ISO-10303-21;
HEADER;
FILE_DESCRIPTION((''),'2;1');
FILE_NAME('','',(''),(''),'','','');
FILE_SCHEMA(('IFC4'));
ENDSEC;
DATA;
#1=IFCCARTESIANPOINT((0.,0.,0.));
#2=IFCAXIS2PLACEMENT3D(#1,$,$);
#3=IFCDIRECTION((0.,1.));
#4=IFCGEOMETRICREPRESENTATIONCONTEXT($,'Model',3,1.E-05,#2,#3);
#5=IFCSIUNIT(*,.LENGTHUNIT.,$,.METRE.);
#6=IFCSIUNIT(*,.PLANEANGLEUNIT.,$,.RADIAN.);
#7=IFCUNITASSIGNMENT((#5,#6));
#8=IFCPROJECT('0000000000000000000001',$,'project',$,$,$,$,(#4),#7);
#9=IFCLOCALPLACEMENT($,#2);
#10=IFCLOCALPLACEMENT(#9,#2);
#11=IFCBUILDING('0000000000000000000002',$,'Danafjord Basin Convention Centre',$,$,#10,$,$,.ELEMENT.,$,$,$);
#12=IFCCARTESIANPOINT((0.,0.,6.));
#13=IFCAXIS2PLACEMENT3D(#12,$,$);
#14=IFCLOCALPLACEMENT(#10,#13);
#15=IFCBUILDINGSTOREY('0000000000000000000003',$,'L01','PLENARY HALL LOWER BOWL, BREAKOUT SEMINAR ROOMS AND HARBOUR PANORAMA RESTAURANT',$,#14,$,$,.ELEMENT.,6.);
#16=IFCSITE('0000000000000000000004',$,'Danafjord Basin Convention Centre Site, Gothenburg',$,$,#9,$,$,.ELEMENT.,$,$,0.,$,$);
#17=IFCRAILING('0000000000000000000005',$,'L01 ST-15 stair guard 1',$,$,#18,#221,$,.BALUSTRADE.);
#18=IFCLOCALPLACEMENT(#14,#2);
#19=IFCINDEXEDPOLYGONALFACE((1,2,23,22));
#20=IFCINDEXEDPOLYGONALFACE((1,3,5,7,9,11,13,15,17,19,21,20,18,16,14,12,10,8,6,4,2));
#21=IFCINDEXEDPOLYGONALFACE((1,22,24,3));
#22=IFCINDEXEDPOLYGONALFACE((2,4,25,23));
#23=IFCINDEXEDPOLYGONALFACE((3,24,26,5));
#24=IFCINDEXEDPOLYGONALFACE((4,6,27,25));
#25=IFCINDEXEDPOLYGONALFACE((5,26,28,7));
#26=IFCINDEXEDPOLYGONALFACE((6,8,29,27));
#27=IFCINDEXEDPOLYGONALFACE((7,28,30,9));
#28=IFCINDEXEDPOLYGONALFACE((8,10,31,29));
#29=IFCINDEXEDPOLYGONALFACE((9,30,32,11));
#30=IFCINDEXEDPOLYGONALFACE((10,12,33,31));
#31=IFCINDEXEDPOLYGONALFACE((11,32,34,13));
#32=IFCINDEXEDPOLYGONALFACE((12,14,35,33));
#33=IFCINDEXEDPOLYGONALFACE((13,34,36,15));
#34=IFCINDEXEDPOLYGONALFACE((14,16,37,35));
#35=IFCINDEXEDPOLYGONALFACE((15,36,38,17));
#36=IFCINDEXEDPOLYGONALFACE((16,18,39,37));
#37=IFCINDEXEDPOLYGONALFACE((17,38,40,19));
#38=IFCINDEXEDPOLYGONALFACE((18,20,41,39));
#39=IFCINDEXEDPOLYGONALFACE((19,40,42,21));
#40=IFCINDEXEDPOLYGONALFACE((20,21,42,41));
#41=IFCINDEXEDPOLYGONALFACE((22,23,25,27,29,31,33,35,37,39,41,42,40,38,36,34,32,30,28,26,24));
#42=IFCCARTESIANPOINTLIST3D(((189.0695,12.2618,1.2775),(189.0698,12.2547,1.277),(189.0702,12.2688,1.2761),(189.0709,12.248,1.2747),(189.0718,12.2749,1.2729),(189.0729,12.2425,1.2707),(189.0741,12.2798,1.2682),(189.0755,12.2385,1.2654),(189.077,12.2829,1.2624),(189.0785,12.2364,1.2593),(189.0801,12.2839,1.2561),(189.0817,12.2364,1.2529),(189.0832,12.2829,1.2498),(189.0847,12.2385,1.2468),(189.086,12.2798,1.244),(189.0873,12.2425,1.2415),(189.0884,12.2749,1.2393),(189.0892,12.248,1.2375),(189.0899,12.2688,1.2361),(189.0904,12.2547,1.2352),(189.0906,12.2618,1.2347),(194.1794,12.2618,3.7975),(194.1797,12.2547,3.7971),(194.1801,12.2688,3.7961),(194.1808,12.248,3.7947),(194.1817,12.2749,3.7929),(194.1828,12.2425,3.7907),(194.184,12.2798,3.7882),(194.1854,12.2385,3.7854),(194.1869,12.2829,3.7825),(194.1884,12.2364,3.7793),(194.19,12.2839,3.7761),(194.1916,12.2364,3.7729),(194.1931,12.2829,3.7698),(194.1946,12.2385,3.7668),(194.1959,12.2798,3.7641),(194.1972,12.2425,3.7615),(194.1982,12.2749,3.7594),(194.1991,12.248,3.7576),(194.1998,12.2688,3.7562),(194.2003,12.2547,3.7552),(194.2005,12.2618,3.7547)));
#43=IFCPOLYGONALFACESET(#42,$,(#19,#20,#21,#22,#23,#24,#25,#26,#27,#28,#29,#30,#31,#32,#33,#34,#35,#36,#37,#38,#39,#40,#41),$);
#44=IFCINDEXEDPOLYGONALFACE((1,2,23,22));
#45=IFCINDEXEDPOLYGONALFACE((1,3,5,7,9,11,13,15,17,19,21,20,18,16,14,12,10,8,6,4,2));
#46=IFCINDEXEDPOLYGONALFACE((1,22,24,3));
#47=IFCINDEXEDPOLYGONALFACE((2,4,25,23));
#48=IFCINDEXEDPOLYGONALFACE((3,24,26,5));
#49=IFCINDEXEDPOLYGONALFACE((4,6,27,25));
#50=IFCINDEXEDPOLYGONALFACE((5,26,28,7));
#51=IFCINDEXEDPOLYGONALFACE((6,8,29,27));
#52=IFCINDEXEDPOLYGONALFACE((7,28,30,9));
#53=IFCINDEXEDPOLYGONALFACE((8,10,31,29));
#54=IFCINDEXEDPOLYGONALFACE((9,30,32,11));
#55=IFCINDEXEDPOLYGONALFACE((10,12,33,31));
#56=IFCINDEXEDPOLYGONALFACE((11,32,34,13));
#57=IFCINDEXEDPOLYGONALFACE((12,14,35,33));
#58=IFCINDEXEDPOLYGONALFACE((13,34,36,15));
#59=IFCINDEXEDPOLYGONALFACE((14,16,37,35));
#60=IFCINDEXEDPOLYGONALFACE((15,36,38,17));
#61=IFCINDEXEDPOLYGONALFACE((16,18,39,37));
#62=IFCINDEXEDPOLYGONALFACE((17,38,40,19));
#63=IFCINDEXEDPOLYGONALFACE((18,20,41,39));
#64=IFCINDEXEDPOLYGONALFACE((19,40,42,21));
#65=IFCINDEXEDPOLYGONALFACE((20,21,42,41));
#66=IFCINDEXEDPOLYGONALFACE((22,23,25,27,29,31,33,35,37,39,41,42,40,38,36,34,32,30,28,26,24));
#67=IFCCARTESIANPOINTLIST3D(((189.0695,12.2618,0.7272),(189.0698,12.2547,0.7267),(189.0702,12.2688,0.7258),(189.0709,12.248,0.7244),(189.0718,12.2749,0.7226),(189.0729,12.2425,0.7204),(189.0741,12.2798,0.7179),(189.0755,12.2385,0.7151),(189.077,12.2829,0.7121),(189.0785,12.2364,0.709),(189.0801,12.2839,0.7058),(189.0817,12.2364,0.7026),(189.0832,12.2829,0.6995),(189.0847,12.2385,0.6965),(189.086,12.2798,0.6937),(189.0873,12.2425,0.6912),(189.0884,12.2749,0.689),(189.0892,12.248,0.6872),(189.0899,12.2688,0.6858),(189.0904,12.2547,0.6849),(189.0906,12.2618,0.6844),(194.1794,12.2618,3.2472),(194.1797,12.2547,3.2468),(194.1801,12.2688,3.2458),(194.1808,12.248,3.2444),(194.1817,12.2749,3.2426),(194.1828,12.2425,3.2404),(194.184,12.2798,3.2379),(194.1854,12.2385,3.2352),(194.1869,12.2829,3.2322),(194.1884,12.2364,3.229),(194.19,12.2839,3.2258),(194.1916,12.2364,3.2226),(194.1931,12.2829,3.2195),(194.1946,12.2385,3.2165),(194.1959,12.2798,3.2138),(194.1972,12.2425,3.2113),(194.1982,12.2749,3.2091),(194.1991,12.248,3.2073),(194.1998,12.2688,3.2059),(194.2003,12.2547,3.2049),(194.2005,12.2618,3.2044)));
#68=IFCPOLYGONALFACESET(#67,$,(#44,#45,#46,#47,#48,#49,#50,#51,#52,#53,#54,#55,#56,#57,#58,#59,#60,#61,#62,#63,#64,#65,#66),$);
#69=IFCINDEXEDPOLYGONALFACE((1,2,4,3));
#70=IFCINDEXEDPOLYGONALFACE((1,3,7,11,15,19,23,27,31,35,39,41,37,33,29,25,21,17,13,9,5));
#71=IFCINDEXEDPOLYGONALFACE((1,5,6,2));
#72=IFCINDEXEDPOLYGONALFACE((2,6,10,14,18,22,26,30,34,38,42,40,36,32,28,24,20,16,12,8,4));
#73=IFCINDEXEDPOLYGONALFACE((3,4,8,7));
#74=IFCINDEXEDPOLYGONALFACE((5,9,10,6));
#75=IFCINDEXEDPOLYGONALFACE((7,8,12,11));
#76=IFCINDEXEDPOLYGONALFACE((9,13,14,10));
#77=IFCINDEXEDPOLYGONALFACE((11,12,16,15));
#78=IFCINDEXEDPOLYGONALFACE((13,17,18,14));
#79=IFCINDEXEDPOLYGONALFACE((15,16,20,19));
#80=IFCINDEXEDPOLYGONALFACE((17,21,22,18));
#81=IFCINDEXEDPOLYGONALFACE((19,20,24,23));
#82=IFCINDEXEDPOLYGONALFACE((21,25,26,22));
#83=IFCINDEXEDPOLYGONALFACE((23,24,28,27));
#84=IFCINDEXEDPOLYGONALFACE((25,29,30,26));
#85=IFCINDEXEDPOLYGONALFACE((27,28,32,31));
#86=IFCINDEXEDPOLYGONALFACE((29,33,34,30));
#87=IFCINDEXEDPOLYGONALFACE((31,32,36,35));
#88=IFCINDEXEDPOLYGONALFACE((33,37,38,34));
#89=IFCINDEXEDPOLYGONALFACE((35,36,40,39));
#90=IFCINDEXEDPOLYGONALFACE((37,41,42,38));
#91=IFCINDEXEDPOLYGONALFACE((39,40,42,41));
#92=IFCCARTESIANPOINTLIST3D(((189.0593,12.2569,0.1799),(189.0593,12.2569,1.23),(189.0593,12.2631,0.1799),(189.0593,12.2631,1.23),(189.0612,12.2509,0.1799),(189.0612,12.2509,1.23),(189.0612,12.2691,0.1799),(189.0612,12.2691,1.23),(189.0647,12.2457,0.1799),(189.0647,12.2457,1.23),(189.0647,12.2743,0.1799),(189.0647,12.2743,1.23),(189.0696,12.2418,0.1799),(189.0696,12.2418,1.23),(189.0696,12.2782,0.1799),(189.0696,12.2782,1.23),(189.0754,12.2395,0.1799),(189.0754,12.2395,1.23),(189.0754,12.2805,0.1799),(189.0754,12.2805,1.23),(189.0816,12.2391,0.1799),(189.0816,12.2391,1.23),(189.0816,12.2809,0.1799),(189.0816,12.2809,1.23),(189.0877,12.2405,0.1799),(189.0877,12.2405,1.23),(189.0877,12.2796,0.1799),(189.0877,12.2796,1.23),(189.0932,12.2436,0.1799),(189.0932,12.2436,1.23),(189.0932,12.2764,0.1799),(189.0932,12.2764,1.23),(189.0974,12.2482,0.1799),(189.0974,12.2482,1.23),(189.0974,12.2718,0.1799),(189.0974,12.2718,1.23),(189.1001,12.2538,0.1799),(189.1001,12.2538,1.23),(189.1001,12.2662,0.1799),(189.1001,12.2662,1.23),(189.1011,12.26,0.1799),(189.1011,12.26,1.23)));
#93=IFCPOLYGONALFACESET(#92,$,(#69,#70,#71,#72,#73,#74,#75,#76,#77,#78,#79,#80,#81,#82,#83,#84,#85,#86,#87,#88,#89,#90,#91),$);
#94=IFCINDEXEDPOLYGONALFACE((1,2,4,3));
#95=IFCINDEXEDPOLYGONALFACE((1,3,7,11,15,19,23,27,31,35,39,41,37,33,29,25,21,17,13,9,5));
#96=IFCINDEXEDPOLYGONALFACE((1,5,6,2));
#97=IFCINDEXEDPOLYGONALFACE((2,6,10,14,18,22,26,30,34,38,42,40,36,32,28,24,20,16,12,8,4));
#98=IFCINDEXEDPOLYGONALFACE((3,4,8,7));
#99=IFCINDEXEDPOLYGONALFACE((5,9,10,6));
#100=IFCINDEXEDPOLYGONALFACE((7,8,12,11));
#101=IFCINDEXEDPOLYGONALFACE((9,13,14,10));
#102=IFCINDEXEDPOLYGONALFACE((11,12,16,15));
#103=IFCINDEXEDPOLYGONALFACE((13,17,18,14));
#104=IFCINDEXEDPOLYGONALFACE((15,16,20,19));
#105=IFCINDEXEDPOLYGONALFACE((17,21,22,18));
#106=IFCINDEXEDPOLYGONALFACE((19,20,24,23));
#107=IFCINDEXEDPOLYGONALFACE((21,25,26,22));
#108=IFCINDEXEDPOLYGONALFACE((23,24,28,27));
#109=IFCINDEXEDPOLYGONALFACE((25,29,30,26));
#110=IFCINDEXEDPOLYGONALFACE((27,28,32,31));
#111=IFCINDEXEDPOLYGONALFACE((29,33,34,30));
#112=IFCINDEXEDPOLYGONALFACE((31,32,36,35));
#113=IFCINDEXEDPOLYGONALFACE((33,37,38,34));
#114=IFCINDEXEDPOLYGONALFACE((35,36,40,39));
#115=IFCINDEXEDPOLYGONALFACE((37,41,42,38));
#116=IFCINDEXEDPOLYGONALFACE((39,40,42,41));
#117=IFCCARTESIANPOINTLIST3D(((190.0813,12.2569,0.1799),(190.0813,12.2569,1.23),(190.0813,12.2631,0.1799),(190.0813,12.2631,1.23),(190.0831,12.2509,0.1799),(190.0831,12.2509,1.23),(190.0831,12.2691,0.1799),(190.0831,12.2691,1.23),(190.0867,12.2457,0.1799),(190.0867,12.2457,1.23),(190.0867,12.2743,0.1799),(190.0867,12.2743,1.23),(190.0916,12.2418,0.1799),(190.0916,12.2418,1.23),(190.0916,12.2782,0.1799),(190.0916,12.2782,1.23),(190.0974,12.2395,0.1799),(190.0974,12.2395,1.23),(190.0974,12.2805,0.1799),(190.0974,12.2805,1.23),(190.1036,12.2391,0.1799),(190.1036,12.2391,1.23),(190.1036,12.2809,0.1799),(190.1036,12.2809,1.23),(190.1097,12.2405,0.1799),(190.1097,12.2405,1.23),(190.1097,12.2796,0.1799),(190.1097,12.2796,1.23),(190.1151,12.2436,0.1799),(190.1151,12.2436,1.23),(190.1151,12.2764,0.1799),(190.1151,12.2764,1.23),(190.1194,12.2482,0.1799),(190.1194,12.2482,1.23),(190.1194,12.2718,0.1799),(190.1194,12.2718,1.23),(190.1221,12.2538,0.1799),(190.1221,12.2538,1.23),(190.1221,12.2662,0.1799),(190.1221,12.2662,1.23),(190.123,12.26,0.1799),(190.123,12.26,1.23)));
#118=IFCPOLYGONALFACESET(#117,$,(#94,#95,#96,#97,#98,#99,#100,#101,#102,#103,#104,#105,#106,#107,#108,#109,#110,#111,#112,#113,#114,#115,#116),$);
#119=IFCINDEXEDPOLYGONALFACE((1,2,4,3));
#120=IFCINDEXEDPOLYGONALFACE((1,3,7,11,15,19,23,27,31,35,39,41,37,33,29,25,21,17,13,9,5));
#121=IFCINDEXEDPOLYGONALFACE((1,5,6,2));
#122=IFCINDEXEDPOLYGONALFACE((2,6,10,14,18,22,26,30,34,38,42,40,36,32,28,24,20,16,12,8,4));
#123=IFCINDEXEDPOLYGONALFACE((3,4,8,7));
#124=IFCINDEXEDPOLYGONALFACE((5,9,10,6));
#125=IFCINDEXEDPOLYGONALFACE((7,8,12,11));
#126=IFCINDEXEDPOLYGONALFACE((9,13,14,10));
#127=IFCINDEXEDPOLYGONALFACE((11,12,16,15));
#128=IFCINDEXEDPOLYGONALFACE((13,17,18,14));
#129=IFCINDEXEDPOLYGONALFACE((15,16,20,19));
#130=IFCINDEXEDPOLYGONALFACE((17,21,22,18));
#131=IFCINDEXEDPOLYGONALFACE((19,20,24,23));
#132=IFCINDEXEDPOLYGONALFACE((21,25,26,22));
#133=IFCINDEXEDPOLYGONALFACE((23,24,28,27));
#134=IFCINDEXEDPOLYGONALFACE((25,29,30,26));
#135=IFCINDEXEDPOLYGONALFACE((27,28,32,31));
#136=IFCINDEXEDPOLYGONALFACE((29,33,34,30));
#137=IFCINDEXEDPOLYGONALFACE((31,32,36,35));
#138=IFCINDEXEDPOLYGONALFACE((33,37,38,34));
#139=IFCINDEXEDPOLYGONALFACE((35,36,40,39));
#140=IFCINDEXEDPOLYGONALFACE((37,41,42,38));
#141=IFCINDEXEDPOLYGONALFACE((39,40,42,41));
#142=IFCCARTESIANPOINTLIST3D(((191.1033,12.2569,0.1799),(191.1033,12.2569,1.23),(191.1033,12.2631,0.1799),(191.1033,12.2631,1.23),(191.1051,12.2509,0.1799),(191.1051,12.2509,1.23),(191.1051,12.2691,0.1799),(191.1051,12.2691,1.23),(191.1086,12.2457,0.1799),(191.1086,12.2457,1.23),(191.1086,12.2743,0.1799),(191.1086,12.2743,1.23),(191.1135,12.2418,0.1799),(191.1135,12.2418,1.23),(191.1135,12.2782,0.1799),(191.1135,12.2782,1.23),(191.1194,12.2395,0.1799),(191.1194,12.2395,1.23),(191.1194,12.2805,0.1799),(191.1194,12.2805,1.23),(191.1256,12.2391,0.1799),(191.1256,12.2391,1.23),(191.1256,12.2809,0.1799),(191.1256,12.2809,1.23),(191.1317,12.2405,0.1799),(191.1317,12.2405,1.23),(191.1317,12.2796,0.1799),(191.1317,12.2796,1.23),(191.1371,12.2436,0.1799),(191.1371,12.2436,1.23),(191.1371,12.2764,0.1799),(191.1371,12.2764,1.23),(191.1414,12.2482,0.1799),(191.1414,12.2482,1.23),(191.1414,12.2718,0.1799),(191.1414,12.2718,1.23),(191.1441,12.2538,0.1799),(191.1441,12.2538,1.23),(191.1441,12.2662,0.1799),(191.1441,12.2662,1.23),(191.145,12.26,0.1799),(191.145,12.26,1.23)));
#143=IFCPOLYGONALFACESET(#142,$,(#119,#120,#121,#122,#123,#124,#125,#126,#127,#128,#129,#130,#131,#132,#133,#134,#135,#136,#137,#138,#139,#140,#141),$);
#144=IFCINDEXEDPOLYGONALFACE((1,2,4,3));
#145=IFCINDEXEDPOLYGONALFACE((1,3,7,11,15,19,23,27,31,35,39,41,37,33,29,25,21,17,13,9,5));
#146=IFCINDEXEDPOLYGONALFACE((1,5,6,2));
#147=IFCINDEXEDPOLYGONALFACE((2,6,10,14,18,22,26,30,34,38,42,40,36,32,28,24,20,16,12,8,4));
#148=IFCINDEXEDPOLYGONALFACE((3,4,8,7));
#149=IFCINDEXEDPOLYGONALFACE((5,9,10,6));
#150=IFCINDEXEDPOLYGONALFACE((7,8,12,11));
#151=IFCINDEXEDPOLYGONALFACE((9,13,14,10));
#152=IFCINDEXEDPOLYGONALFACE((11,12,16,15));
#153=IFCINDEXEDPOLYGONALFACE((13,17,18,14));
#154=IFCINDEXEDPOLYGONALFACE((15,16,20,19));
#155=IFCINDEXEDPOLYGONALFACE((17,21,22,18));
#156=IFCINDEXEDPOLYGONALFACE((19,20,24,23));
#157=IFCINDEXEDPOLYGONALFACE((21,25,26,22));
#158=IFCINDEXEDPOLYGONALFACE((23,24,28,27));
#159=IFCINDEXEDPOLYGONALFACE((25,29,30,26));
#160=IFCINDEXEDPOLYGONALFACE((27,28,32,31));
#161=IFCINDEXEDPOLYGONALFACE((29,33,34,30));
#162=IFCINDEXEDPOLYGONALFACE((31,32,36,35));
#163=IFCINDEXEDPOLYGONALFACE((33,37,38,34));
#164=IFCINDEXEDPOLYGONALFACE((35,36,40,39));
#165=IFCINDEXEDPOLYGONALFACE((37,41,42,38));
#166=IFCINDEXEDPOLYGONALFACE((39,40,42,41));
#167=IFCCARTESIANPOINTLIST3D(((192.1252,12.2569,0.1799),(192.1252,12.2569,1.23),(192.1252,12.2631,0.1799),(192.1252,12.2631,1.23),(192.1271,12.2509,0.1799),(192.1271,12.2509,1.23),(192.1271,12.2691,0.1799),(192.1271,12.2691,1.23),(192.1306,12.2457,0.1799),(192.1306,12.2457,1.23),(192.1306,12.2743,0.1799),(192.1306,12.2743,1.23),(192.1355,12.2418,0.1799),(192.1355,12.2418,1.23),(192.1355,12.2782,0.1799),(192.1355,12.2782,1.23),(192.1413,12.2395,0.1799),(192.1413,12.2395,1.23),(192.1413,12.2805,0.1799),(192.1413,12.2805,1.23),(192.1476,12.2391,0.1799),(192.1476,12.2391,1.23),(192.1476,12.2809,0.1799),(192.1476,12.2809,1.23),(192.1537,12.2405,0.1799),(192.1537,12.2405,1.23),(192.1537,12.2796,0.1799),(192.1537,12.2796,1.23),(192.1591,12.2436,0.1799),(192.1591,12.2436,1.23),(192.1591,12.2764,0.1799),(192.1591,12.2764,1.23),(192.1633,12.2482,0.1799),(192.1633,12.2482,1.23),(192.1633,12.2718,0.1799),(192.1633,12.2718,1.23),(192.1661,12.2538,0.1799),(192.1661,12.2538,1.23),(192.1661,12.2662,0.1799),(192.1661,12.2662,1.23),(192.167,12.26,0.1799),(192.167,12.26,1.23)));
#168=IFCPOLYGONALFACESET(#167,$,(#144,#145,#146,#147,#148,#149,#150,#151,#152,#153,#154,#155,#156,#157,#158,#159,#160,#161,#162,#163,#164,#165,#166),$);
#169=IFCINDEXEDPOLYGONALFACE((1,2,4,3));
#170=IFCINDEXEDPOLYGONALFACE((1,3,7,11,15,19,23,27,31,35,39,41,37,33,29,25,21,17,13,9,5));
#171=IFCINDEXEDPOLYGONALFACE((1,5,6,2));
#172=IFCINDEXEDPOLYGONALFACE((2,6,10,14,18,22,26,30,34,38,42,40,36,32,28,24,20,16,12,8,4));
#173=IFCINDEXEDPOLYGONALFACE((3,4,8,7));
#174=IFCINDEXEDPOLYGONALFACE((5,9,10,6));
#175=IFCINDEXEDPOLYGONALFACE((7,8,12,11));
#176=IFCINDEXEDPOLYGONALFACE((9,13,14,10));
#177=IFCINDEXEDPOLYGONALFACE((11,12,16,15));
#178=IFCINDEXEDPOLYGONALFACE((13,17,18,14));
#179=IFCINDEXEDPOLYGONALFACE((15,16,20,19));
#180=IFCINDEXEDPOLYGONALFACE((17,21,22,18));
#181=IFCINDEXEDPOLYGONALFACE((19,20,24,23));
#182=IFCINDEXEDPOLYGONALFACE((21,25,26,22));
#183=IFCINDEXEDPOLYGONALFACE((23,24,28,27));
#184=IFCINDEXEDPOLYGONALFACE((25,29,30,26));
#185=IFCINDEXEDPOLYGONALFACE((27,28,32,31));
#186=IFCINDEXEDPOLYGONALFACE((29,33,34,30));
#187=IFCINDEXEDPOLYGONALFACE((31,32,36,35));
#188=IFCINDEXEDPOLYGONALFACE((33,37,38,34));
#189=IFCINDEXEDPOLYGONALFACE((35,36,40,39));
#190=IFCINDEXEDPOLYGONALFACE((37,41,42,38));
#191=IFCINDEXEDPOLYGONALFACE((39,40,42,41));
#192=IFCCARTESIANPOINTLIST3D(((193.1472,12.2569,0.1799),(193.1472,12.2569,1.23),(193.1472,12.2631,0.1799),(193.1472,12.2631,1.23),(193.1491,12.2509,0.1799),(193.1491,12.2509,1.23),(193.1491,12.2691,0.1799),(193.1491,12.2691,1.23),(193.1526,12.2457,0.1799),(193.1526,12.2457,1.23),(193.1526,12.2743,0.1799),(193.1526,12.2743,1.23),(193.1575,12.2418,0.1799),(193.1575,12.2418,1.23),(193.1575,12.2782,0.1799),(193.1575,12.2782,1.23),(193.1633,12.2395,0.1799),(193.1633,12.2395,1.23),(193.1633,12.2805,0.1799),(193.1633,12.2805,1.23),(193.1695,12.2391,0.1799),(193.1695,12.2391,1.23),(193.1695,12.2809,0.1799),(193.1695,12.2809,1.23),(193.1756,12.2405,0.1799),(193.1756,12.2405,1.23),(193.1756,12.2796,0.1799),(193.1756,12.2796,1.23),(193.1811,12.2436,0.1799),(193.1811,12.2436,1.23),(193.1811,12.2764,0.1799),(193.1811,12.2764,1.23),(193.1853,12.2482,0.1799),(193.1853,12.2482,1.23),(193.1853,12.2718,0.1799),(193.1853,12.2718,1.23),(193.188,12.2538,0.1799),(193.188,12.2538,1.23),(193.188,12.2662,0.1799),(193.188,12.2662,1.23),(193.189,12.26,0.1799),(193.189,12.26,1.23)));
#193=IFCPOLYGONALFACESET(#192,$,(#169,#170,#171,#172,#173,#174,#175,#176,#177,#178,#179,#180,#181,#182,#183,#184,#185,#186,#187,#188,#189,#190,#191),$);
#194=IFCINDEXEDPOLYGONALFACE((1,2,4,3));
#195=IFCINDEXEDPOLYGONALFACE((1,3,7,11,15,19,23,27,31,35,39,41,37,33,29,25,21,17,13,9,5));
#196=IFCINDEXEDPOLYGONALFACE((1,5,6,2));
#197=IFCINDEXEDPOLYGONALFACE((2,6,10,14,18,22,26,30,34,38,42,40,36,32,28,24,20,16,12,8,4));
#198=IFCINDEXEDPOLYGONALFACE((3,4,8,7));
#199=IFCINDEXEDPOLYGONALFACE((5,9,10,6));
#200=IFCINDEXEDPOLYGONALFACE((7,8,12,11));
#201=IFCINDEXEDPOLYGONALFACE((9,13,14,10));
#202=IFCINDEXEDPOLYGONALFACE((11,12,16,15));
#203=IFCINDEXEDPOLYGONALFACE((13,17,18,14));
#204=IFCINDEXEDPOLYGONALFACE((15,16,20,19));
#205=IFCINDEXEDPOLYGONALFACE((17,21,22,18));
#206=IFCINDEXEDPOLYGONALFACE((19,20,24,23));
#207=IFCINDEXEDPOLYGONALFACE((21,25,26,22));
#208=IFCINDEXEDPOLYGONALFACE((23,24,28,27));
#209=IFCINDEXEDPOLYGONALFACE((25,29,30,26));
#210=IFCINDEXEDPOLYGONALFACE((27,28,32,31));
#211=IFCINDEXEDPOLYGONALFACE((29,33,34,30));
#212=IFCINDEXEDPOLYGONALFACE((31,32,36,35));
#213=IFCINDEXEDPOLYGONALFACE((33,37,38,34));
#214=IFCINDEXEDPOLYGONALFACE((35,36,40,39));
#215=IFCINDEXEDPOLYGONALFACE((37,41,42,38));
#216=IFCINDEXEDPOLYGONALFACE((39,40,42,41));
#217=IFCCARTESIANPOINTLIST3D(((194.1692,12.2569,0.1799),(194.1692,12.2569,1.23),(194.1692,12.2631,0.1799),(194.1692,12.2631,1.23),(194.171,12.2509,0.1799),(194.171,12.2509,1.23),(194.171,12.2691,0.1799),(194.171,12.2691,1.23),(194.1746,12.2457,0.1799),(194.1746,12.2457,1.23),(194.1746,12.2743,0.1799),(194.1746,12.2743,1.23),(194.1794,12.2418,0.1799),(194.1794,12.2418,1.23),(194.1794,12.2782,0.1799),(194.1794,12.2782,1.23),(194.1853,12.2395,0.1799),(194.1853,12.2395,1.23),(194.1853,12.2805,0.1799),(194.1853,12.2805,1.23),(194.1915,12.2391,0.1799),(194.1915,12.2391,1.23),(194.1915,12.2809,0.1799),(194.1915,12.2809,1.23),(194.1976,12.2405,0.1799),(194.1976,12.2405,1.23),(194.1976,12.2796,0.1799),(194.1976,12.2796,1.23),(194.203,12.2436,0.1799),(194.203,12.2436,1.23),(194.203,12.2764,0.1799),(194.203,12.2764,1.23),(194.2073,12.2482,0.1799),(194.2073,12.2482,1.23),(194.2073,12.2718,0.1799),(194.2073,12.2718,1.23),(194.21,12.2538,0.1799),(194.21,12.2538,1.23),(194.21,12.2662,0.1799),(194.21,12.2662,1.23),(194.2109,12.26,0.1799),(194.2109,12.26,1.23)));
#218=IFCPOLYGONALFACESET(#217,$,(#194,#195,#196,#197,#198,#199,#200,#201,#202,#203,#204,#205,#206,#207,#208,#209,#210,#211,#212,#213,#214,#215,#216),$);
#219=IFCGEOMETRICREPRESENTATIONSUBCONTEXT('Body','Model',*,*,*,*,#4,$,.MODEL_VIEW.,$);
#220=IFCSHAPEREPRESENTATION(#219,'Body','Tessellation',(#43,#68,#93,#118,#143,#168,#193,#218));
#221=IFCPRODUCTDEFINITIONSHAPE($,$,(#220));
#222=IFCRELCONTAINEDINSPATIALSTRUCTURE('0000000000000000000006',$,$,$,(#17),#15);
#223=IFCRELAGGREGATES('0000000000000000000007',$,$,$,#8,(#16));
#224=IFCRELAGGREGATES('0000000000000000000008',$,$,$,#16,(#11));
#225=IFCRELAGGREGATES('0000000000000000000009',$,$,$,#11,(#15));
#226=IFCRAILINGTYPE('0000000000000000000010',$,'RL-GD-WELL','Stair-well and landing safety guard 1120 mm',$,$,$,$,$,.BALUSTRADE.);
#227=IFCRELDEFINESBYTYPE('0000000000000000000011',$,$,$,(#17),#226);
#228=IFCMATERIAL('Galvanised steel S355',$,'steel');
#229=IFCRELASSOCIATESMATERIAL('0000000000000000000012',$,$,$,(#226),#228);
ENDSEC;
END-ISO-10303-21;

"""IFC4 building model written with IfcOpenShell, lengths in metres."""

from ifc_helpers import new_model, si_unit, direction, frame, origin, origin_2d, place, context, subcontext, project, spatial, circle, extrude, material, type_object, element, save


model = new_model("IFC4")

# Units and contexts
model_context = context("Model", 3, precision=1e-05, world=origin(), true_north=direction((0.0, 1.0)))
body_context = subcontext(model_context, "Body", "Model", "MODEL_VIEW")
ifc_project = project(units=[si_unit("LENGTHUNIT", "METRE"), si_unit("PLANEANGLEUNIT", "RADIAN")], contexts=[model_context])

# Site, building, storey
site_placement = place(None, origin())
site = spatial("IfcSite", under=ifc_project, at=site_placement, Name="Danafjord Basin Convention Centre Site, Gothenburg", CompositionType="ELEMENT", RefElevation=0.0)
building_placement = place(site_placement, origin())
building = spatial("IfcBuilding", under=site, at=building_placement, Name="Danafjord Basin Convention Centre", CompositionType="ELEMENT")
storey_placement = place(building_placement, frame((0.0, 0.0, 6.0)))
storey = spatial("IfcBuildingStorey", under=building, at=storey_placement, Name="L01", Description="PLENARY HALL LOWER BOWL, BREAKOUT SEMINAR ROOMS AND HARBOUR PANORAMA RESTAURANT", CompositionType="ELEMENT", Elevation=6.0)

# Railing
ifc_material_1 = material(Name="Galvanised steel S355", Category="steel")
railing_type_1 = type_object("IfcRailingType", Name="RL-GD-WELL", Description="Stair-well and landing safety guard 1120 mm", PredefinedType="BALUSTRADE", material=ifc_material_1)
railing_1_placement = place(storey_placement, frame((189.0801, 12.26, 0.1799)))
element("IfcRailing", 1, at=railing_1_placement, inside=storey, type_object=railing_type_1, Name="L01 ST-15 stair guard 1", PredefinedType="BALUSTRADE", context=body_context, shape_type="SweptSolid", body=[
    extrude(circle(Radius=0.0239, at=origin_2d()), frame((0.0, 0.0, 1.0762), z_axis=(0.896865, 0.0, 0.442305), x_axis=(0.0, 1.0, 0.0)), (0.0, 0.0, 1.0), 5.6975),
    extrude(circle(Radius=0.0239, at=origin_2d()), frame((0.0, 0.0, 0.5259), z_axis=(0.896865, 0.0, 0.442305), x_axis=(0.0, 1.0, 0.0)), (0.0, 0.0, 1.0), 5.6975),
    extrude(circle(Radius=0.021, at=origin_2d()), origin(), (0.0, 0.0, 1.0), 1.05),
    extrude(circle(Radius=0.021, at=origin_2d()), frame((1.022, 0.0, 0.0)), (0.0, 0.0, 1.0), 1.05),
    extrude(circle(Radius=0.021, at=origin_2d()), frame((2.0439, 0.0, 0.0)), (0.0, 0.0, 1.0), 1.05),
    extrude(circle(Radius=0.021, at=origin_2d()), frame((3.0659, 0.0, 0.0)), (0.0, 0.0, 1.0), 1.05),
    extrude(circle(Radius=0.021, at=origin_2d()), frame((4.0879, 0.0, 0.0)), (0.0, 0.0, 1.0), 1.05),
    extrude(circle(Radius=0.021, at=origin_2d()), frame((5.1099, 0.0, 0.0)), (0.0, 0.0, 1.0), 1.05),
])

save(model, "model.ifc")
